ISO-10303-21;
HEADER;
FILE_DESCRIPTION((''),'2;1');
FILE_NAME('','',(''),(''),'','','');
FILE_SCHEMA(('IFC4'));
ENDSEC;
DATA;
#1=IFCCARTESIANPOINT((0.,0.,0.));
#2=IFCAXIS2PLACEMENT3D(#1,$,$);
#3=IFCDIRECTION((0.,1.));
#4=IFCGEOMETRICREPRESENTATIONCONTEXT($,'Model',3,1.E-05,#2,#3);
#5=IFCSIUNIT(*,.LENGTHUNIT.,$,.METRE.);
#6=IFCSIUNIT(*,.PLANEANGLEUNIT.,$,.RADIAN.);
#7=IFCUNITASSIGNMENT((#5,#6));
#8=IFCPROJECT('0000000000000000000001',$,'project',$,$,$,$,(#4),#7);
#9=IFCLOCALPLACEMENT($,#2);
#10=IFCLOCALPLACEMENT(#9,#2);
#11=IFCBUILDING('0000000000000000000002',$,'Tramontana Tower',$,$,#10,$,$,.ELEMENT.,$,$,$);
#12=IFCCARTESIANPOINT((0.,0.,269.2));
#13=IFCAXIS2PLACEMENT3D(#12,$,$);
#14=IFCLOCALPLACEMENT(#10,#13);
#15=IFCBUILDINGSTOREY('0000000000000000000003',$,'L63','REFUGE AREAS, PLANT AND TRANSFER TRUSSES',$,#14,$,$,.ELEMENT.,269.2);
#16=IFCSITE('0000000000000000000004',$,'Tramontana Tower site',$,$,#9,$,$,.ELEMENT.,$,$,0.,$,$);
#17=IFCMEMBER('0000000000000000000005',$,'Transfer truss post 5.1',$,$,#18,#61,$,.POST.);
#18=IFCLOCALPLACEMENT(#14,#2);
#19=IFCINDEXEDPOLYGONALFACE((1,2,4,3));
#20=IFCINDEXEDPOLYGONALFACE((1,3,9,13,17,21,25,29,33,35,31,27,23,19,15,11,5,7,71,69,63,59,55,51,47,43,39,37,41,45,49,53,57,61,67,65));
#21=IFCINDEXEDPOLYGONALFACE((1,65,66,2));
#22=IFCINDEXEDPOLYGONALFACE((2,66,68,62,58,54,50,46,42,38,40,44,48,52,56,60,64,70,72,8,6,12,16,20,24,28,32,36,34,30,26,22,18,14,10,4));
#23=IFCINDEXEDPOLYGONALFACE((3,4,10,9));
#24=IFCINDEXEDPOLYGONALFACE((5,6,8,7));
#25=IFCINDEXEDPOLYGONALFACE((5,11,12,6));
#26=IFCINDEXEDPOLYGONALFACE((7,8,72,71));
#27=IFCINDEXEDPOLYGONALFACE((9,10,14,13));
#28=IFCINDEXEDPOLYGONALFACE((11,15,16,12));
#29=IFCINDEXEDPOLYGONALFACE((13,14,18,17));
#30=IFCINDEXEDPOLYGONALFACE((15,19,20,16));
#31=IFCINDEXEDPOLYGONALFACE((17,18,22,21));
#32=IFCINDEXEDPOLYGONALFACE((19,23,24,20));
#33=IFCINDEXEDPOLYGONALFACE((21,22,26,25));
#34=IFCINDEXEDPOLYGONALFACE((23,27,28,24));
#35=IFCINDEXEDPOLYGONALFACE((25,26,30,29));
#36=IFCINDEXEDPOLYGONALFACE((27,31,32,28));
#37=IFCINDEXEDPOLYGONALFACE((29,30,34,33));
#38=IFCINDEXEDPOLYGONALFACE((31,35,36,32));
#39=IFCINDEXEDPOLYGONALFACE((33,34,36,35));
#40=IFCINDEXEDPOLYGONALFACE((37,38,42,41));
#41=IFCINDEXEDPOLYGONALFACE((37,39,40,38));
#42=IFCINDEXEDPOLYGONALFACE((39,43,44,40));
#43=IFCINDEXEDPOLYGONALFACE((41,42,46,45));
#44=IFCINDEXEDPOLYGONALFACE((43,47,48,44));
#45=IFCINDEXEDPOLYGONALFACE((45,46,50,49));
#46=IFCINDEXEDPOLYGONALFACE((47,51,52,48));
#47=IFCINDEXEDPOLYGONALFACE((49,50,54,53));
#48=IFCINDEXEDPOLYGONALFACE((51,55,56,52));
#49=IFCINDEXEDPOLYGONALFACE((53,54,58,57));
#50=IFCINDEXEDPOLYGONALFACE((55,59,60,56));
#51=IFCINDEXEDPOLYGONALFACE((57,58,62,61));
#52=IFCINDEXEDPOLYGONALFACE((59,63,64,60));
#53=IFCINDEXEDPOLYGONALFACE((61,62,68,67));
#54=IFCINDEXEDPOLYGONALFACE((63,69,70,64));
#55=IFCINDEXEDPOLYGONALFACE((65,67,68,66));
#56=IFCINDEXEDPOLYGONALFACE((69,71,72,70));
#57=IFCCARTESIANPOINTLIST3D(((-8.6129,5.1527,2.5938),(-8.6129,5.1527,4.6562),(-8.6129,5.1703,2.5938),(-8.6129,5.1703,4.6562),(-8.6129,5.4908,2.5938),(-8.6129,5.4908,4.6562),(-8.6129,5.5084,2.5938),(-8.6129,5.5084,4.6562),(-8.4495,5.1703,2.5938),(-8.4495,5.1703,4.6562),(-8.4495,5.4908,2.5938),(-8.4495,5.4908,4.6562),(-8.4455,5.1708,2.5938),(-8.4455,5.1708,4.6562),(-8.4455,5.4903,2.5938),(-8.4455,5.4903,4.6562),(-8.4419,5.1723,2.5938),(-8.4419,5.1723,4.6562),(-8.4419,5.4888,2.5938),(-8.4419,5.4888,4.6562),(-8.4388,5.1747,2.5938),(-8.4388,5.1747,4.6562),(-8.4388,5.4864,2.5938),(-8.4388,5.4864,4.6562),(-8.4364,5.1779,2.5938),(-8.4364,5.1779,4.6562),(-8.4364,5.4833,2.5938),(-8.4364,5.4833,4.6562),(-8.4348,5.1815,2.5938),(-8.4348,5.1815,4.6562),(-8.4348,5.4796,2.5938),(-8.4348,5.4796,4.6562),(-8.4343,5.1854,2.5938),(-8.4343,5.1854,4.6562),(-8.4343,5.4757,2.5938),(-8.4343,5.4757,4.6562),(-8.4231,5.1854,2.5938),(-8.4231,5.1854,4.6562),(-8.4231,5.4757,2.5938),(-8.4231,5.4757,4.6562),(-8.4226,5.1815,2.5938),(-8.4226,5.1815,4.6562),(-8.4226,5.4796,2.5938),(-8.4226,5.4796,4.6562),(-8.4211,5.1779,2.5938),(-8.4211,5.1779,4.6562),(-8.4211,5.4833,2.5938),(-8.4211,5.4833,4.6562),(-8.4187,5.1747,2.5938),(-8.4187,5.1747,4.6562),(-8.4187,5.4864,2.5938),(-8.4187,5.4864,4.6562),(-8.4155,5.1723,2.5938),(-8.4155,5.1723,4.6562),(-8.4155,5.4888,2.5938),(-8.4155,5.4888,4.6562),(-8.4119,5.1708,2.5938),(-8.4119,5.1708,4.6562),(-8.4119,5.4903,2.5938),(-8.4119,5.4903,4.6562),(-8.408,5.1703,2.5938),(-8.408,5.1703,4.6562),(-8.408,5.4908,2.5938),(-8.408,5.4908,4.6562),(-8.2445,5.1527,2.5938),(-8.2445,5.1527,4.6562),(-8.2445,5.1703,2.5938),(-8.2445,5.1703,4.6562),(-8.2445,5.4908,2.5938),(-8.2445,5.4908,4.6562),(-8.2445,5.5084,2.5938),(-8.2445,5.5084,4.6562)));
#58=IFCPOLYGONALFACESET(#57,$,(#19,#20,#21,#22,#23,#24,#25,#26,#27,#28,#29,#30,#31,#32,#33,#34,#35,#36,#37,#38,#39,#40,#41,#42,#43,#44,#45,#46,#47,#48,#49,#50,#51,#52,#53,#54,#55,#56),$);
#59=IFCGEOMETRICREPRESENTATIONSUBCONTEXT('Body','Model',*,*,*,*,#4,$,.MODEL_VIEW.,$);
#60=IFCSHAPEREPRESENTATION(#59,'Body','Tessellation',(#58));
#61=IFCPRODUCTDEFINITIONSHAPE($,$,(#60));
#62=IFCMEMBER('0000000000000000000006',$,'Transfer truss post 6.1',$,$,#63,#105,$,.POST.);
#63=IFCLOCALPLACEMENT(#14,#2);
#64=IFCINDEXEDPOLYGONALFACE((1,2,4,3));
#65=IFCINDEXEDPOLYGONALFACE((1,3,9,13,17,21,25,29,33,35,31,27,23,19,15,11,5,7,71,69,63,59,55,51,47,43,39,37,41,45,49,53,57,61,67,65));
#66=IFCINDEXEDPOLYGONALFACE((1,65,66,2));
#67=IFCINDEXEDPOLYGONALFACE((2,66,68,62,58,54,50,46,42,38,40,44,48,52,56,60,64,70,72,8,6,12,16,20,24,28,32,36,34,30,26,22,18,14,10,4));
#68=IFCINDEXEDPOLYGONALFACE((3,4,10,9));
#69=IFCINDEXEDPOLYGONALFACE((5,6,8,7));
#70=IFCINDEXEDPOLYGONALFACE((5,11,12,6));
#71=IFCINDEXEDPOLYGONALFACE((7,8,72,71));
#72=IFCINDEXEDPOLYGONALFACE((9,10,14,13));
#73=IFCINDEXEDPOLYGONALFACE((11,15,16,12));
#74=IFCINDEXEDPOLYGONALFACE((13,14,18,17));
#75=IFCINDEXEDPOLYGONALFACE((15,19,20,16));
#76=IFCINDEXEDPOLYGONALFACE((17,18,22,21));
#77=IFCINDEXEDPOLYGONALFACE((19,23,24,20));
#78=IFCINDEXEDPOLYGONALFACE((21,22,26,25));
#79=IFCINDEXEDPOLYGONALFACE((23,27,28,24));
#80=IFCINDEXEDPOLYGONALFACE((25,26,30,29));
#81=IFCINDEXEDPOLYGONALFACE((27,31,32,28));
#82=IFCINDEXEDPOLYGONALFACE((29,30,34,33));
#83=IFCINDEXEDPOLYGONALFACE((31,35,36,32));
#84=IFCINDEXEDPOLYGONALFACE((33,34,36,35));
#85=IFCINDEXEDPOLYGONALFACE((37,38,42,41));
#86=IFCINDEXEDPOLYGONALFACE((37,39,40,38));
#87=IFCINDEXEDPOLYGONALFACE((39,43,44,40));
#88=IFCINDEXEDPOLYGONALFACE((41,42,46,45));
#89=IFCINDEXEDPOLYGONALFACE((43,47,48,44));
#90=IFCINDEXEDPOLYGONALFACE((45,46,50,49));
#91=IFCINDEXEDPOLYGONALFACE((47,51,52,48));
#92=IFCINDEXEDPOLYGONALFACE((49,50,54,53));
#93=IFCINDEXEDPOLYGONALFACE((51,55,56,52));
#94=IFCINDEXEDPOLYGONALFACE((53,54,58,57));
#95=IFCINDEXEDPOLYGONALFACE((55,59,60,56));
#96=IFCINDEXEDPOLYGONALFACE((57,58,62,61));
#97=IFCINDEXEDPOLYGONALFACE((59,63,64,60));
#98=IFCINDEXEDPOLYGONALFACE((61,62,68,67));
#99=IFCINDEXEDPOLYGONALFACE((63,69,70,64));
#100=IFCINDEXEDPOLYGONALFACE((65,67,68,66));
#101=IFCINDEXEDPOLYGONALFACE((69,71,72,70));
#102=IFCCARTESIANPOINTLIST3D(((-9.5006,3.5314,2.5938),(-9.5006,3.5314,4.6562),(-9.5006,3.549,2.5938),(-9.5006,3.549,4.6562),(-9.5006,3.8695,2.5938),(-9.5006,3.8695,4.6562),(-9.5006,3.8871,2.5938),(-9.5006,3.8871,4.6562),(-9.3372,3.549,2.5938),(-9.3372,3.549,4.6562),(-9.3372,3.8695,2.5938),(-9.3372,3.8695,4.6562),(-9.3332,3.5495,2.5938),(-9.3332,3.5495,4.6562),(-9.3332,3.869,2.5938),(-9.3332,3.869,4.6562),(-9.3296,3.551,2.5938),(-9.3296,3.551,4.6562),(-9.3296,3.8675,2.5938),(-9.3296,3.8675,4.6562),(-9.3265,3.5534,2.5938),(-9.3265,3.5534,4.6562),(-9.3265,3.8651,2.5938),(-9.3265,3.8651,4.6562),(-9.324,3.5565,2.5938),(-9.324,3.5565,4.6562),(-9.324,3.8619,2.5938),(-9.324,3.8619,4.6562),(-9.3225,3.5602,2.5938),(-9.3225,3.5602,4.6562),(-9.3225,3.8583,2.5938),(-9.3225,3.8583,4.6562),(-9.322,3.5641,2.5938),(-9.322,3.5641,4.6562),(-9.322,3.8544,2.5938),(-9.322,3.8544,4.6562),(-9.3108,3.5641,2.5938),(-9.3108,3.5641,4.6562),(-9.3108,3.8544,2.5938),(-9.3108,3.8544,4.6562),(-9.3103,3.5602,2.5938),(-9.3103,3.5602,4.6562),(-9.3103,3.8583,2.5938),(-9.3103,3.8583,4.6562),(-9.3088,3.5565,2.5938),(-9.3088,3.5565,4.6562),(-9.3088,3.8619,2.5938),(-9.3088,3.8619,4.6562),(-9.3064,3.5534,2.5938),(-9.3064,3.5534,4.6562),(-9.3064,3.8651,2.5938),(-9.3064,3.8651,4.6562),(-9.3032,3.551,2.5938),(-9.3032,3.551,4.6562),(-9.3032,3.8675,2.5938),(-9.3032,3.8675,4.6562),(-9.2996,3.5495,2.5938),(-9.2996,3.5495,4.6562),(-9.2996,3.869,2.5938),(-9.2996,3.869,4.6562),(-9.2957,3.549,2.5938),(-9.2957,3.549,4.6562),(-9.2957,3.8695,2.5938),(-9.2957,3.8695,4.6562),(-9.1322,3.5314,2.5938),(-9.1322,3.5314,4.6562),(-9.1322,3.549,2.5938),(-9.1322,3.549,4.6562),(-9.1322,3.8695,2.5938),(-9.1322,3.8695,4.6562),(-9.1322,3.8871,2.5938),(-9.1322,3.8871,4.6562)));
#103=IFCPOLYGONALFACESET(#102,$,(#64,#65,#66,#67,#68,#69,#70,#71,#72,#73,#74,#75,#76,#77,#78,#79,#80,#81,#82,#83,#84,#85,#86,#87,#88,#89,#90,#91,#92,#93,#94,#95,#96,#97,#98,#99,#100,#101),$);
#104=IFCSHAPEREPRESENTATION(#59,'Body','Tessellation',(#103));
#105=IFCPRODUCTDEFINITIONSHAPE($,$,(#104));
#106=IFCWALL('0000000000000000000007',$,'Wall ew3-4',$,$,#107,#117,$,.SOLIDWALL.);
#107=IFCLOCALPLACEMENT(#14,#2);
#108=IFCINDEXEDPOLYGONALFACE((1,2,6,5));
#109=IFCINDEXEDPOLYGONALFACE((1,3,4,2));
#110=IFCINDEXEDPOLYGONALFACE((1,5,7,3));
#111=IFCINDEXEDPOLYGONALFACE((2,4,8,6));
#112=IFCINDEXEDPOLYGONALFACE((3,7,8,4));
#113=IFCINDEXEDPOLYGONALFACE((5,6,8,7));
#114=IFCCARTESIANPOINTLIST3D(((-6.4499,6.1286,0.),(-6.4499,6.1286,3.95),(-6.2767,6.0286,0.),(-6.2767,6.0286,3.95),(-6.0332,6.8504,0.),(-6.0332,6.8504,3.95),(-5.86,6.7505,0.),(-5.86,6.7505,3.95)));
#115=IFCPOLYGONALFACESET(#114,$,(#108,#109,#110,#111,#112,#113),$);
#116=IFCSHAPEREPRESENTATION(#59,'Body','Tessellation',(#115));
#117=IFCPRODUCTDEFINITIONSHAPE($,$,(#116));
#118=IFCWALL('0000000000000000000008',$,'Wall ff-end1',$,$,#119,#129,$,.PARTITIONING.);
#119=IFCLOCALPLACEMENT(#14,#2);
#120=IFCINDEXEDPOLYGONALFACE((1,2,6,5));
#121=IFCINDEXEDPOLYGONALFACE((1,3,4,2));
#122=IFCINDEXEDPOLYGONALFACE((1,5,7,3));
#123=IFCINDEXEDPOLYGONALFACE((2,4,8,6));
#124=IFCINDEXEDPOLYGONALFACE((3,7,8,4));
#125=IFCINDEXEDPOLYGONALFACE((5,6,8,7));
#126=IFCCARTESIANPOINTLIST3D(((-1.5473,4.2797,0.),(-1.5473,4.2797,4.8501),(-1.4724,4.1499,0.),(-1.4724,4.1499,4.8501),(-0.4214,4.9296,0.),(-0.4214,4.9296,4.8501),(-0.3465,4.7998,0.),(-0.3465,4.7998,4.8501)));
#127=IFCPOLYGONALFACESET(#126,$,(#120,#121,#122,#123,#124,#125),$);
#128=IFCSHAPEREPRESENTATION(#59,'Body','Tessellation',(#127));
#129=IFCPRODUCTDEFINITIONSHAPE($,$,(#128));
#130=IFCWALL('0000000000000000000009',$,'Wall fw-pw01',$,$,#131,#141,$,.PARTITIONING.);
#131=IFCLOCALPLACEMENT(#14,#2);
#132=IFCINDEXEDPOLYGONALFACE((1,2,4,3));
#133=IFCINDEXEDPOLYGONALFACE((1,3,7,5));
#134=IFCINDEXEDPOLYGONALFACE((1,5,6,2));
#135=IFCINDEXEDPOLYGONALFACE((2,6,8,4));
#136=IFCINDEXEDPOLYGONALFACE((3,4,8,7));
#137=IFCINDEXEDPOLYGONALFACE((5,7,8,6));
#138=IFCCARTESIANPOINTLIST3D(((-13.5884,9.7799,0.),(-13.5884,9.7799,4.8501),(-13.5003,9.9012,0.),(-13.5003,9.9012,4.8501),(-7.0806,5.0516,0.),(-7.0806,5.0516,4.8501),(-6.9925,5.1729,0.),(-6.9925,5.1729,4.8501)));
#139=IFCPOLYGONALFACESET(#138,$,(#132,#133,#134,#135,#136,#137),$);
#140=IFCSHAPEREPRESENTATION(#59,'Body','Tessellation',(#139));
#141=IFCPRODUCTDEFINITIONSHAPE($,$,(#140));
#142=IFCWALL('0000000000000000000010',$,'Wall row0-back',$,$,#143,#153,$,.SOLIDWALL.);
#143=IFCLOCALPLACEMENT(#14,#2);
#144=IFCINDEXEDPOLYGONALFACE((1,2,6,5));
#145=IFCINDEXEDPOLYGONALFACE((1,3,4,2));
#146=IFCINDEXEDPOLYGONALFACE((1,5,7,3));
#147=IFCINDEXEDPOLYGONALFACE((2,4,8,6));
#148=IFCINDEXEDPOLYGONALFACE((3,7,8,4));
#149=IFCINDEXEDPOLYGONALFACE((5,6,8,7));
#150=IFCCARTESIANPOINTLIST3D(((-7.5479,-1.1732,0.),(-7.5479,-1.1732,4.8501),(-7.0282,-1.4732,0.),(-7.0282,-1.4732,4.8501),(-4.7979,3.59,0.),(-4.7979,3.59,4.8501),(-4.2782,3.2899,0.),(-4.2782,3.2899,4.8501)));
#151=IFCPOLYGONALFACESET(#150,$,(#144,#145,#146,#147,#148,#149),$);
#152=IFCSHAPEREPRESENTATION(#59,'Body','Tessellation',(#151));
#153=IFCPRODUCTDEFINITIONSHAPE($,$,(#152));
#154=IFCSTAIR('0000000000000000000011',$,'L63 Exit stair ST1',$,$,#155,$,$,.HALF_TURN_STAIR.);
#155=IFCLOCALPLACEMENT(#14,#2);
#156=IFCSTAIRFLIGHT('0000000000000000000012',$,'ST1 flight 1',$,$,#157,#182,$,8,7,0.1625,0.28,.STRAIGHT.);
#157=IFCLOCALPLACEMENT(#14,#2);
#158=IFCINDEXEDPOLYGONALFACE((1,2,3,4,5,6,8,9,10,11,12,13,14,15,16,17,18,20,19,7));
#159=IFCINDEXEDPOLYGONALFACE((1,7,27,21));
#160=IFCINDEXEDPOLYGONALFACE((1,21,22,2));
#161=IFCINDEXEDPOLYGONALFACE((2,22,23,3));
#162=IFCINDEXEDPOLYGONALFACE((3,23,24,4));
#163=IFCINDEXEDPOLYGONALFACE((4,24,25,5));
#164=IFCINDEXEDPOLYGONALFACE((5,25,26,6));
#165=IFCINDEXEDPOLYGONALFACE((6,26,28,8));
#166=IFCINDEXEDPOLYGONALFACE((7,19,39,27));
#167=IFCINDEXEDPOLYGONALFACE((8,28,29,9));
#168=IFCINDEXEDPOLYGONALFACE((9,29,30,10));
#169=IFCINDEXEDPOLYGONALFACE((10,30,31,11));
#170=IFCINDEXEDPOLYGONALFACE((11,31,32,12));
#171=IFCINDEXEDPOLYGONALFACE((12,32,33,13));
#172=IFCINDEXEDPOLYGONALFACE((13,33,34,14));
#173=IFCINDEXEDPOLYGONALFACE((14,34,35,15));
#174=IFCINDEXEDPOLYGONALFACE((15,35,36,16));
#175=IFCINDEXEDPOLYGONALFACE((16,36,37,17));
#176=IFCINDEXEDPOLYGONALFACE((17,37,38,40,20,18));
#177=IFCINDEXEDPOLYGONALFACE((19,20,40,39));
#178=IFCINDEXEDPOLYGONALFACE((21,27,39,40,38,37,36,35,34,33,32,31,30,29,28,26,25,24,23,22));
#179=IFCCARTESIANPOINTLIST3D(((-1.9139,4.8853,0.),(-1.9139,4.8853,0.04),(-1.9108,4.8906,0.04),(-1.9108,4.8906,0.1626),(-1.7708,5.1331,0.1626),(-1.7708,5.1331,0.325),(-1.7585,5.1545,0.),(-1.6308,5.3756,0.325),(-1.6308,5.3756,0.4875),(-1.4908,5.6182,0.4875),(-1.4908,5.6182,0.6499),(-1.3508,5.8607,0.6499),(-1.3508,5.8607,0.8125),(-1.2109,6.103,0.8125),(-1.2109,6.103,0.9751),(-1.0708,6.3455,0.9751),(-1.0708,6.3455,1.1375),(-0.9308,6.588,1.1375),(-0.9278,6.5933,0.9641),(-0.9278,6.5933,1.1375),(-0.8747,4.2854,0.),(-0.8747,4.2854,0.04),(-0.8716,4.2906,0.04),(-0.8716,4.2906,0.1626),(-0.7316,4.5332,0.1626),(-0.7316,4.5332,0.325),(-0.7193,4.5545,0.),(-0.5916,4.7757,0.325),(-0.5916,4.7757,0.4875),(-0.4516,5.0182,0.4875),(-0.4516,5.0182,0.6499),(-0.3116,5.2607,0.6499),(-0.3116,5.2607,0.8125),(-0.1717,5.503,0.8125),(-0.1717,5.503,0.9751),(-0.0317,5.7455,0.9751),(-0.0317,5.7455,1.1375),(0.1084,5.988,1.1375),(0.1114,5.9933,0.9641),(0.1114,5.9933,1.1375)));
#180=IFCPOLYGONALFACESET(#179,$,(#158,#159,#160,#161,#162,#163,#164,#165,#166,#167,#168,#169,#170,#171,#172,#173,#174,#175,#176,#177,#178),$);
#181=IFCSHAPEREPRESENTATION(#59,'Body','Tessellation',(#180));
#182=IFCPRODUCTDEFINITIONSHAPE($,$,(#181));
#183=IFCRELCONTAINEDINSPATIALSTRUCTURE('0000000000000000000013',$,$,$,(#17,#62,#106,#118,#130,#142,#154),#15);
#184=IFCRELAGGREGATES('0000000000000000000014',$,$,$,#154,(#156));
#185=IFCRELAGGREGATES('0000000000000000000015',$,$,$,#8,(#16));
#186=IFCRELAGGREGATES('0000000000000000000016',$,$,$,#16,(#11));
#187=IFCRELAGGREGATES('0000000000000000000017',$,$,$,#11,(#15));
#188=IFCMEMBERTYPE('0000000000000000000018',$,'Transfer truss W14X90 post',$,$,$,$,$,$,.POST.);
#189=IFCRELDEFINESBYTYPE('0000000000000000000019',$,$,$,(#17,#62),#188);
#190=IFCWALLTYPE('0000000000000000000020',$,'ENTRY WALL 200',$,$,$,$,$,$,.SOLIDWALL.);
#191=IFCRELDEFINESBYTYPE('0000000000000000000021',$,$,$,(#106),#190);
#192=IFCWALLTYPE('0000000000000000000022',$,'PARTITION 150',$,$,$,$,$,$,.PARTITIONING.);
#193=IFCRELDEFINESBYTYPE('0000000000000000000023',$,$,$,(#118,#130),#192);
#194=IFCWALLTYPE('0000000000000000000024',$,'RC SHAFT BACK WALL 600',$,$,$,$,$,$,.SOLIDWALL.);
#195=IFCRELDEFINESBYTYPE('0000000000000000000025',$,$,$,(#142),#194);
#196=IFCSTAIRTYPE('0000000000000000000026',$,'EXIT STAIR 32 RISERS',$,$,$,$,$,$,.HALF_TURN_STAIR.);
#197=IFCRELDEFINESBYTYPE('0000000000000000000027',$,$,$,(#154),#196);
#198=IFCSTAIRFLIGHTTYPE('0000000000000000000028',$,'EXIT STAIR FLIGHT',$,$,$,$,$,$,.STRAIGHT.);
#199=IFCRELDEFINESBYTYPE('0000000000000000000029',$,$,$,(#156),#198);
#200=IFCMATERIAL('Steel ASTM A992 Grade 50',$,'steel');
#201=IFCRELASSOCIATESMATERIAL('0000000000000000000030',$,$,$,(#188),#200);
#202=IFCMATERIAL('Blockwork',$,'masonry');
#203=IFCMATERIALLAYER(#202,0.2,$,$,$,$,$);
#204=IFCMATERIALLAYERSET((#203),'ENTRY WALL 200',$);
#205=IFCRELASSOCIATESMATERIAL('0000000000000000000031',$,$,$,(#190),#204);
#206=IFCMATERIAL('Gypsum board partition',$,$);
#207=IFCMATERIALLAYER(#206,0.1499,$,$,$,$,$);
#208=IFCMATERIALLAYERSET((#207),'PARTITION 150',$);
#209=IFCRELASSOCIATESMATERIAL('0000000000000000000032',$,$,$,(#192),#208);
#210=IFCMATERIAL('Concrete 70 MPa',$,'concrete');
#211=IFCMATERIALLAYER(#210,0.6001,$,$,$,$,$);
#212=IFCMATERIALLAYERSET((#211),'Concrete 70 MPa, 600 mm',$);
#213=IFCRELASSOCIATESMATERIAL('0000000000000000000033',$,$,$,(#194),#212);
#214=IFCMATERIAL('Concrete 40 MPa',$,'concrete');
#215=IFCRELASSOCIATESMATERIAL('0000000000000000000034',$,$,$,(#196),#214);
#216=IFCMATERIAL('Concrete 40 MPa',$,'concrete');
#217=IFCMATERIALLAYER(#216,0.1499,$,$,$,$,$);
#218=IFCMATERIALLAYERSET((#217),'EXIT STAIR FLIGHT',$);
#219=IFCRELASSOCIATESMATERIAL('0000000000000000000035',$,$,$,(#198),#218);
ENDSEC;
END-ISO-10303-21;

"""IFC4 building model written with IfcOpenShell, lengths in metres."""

from ifc_helpers import new_model, si_unit, direction, frame, frame_2d, origin, origin_2d, place, context, subcontext, project, spatial, polyline, rectangle, i_section, outline, extrude, material, layer, layer_set, material_profile, profile_set, type_object, element, aggregate, save


model = new_model("IFC4")

# Units and contexts
model_context = context("Model", 3, precision=1e-05, world=origin(), true_north=direction((0.0, 1.0)))
body_context = subcontext(model_context, "Body", "Model", "MODEL_VIEW")
ifc_project = project(units=[si_unit("LENGTHUNIT", "METRE"), si_unit("PLANEANGLEUNIT", "RADIAN")], contexts=[model_context])

# Site, building, storey
site_placement = place(None, origin())
site = spatial("IfcSite", under=ifc_project, at=site_placement, Name="Tramontana Tower site", CompositionType="ELEMENT", RefElevation=0.0)
building_placement = place(site_placement, origin())
building = spatial("IfcBuilding", under=site, at=building_placement, Name="Tramontana Tower", CompositionType="ELEMENT")
storey_placement = place(building_placement, frame((0.0, 0.0, 269.2)))
storey = spatial("IfcBuildingStorey", under=building, at=storey_placement, Name="L63", Description="REFUGE AREAS, PLANT AND TRANSFER TRUSSES", CompositionType="ELEMENT", Elevation=269.2)

# Members
ifc_material_1 = material(Name="Steel ASTM A992 Grade 50", Category="steel")
ifc_material_profile_1 = material_profile(ifc_material_1, i_section(OverallWidth=0.3684, OverallDepth=0.3557, WebThickness=0.0112, FlangeThickness=0.0176, FilletRadius=0.0151, at=origin_2d()), Name="W14X90")
ifc_profile_set_1 = profile_set([ifc_material_profile_1], Name="Steel ASTM A992 Grade 50")
member_type_1 = type_object("IfcMemberType", Name="Transfer truss W14X90 post", PredefinedType="POST", material=ifc_profile_set_1)
for number, where, z_axis, x_axis, name in (
    (1, (-8.4287, 5.3306, 2.5938), (0.0, 0.0, 1.0), (1.0, 0.0, 0.0), "Transfer truss post 5.1"),
    (2, (-9.3164, 3.7092, 2.5938), (0.0, 0.0, 1.0), (1.0, 0.0, 0.0), "Transfer truss post 6.1"),
):
    element("IfcMember", number, at=place(storey_placement, frame(where, z_axis=z_axis, x_axis=x_axis)), inside=storey, type_object=member_type_1, Name=name, PredefinedType="POST", context=body_context, shape_type="SweptSolid", body=[
        extrude(i_section(OverallWidth=0.3684, OverallDepth=0.3557, WebThickness=0.0112, FlangeThickness=0.0176, FilletRadius=0.0151, at=origin_2d()), origin(), (0.0, 0.0, 1.0), 2.0625),
    ])

# Walls
ifc_material_2 = material(Name="Blockwork", Category="masonry")
ifc_layer_1 = layer(ifc_material_2, 0.2)
ifc_layer_set_1 = layer_set([ifc_layer_1], Name="ENTRY WALL 200")
wall_type_1 = type_object("IfcWallType", Name="ENTRY WALL 200", PredefinedType="SOLIDWALL", material=ifc_layer_set_1)
wall_1_placement = place(storey_placement, frame((-6.3633, 6.0786, 0.0), z_axis=(0.0, 0.0, 1.0), x_axis=(0.499951, 0.866054, 0.0)))
element("IfcWall", 3, at=wall_1_placement, inside=storey, type_object=wall_type_1, Name="Wall ew3-4", PredefinedType="SOLIDWALL", context=body_context, shape_type="SweptSolid", body=[
    extrude(rectangle(XDim=0.8335, YDim=0.2, at=frame_2d((0.4167, 0.0))), origin(), (0.0, 0.0, 1.0), 3.95),
])
ifc_material_3 = material(Name="Gypsum board partition")
ifc_layer_2 = layer(ifc_material_3, 0.1499)
ifc_layer_set_2 = layer_set([ifc_layer_2], Name="PARTITION 150")
wall_type_2 = type_object("IfcWallType", Name="PARTITION 150", PredefinedType="PARTITIONING", material=ifc_layer_set_2)
wall_2_placement = place(storey_placement, frame((-1.5098, 4.2148, 0.0), z_axis=(0.0, 0.0, 1.0), x_axis=(0.866086, 0.499896, 0.0)))
element("IfcWall", 4, at=wall_2_placement, inside=storey, type_object=wall_type_2, Name="Wall ff-end1", PredefinedType="PARTITIONING", context=body_context, shape_type="SweptSolid", body=[
    extrude(rectangle(XDim=1.3, YDim=0.1499, at=frame_2d((0.6499, 0.0))), origin(), (0.0, 0.0, 1.0), 4.8501),
])
wall_3_placement = place(storey_placement, frame((-7.0366, 5.1123, 0.0), z_axis=(0.0, 0.0, 1.0), x_axis=(-0.809013, 0.587791, 0.0)))
element("IfcWall", 5, at=wall_3_placement, inside=storey, type_object=wall_type_2, Name="Wall fw-pw01", PredefinedType="PARTITIONING", context=body_context, shape_type="SweptSolid", body=[
    extrude(rectangle(XDim=8.0442, YDim=0.1499, at=frame_2d((4.022, 0.0))), origin(), (0.0, 0.0, 1.0), 4.8501),
])
ifc_material_4 = material(Name="Concrete 70 MPa", Category="concrete")
ifc_layer_3 = layer(ifc_material_4, 0.6001)
ifc_layer_set_3 = layer_set([ifc_layer_3], Name="Concrete 70 MPa, 600 mm")
wall_type_3 = type_object("IfcWallType", Name="RC SHAFT BACK WALL 600", PredefinedType="SOLIDWALL", material=ifc_layer_set_3)
wall_4_placement = place(storey_placement, frame((-4.5381, 3.4399, 0.0), z_axis=(0.0, 0.0, 1.0), x_axis=(-0.499997, -0.866027, 0.0)))
element("IfcWall", 6, at=wall_4_placement, inside=storey, type_object=wall_type_3, Name="Wall row0-back", PredefinedType="SOLIDWALL", context=body_context, shape_type="SweptSolid", body=[
    extrude(rectangle(XDim=5.5, YDim=0.6001, at=frame_2d((2.75, 0.0))), origin(), (0.0, 0.0, 1.0), 4.8501),
])

# Stair, stair flight
ifc_material_5 = material(Name="Concrete 40 MPa", Category="concrete")
stair_type = type_object("IfcStairType", Name="EXIT STAIR 32 RISERS", PredefinedType="HALF_TURN_STAIR", material=ifc_material_5)
stair_placement = place(storey_placement, origin())
stair = element("IfcStair", 7, at=stair_placement, inside=storey, type_object=stair_type, Name="L63 Exit stair ST1", PredefinedType="HALF_TURN_STAIR")
ifc_material_6 = material(Name="Concrete 40 MPa", Category="concrete")
ifc_layer_4 = layer(ifc_material_6, 0.1499)
ifc_layer_set_4 = layer_set([ifc_layer_4], Name="EXIT STAIR FLIGHT")
stair_flight_type = type_object("IfcStairFlightType", Name="EXIT STAIR FLIGHT", PredefinedType="STRAIGHT", material=ifc_layer_set_4)
stair_flight_1_placement = place(storey_placement, frame((-1.3911, 4.5906, 0.0), z_axis=(0.0, 0.0, 1.0), x_axis=(0.5, 0.866025, 0.0)))
stair_flight_1 = element("IfcStairFlight", 8, at=stair_flight_1_placement, type_object=stair_flight_type, Name="ST1 flight 1", NumberOfRisers=8, NumberOfTreads=7, PredefinedType="STRAIGHT", RiserHeight=0.1625, TreadLength=0.28, context=body_context, shape_type="SweptSolid", body=[
    extrude(outline(polyline([(-0.0061, 0.0), (-0.0061, 0.04), (0.0, 0.04), (0.0, 0.1626), (0.28, 0.1626), (0.28, 0.325), (0.5601, 0.325), (0.5601, 0.4875), (0.8401, 0.4875), (0.8401, 0.6499), (1.1201, 0.6499), (1.1201, 0.8125), (1.3999, 0.8125), (1.3999, 0.9751), (1.6799, 0.9751), (1.6799, 1.1375), (1.96, 1.1375), (1.9661, 1.1375), (1.9661, 0.9641), (0.3047, 0.0), (-0.0061, 0.0)])), frame((0.0, 0.6001, 0.0), z_axis=(0.0, -1.0, 0.0), x_axis=(1.0, 0.0, 0.0)), (0.0, 0.0, 1.0), 1.2),
])
aggregate(stair, [stair_flight_1])

save(model, "model.ifc")
